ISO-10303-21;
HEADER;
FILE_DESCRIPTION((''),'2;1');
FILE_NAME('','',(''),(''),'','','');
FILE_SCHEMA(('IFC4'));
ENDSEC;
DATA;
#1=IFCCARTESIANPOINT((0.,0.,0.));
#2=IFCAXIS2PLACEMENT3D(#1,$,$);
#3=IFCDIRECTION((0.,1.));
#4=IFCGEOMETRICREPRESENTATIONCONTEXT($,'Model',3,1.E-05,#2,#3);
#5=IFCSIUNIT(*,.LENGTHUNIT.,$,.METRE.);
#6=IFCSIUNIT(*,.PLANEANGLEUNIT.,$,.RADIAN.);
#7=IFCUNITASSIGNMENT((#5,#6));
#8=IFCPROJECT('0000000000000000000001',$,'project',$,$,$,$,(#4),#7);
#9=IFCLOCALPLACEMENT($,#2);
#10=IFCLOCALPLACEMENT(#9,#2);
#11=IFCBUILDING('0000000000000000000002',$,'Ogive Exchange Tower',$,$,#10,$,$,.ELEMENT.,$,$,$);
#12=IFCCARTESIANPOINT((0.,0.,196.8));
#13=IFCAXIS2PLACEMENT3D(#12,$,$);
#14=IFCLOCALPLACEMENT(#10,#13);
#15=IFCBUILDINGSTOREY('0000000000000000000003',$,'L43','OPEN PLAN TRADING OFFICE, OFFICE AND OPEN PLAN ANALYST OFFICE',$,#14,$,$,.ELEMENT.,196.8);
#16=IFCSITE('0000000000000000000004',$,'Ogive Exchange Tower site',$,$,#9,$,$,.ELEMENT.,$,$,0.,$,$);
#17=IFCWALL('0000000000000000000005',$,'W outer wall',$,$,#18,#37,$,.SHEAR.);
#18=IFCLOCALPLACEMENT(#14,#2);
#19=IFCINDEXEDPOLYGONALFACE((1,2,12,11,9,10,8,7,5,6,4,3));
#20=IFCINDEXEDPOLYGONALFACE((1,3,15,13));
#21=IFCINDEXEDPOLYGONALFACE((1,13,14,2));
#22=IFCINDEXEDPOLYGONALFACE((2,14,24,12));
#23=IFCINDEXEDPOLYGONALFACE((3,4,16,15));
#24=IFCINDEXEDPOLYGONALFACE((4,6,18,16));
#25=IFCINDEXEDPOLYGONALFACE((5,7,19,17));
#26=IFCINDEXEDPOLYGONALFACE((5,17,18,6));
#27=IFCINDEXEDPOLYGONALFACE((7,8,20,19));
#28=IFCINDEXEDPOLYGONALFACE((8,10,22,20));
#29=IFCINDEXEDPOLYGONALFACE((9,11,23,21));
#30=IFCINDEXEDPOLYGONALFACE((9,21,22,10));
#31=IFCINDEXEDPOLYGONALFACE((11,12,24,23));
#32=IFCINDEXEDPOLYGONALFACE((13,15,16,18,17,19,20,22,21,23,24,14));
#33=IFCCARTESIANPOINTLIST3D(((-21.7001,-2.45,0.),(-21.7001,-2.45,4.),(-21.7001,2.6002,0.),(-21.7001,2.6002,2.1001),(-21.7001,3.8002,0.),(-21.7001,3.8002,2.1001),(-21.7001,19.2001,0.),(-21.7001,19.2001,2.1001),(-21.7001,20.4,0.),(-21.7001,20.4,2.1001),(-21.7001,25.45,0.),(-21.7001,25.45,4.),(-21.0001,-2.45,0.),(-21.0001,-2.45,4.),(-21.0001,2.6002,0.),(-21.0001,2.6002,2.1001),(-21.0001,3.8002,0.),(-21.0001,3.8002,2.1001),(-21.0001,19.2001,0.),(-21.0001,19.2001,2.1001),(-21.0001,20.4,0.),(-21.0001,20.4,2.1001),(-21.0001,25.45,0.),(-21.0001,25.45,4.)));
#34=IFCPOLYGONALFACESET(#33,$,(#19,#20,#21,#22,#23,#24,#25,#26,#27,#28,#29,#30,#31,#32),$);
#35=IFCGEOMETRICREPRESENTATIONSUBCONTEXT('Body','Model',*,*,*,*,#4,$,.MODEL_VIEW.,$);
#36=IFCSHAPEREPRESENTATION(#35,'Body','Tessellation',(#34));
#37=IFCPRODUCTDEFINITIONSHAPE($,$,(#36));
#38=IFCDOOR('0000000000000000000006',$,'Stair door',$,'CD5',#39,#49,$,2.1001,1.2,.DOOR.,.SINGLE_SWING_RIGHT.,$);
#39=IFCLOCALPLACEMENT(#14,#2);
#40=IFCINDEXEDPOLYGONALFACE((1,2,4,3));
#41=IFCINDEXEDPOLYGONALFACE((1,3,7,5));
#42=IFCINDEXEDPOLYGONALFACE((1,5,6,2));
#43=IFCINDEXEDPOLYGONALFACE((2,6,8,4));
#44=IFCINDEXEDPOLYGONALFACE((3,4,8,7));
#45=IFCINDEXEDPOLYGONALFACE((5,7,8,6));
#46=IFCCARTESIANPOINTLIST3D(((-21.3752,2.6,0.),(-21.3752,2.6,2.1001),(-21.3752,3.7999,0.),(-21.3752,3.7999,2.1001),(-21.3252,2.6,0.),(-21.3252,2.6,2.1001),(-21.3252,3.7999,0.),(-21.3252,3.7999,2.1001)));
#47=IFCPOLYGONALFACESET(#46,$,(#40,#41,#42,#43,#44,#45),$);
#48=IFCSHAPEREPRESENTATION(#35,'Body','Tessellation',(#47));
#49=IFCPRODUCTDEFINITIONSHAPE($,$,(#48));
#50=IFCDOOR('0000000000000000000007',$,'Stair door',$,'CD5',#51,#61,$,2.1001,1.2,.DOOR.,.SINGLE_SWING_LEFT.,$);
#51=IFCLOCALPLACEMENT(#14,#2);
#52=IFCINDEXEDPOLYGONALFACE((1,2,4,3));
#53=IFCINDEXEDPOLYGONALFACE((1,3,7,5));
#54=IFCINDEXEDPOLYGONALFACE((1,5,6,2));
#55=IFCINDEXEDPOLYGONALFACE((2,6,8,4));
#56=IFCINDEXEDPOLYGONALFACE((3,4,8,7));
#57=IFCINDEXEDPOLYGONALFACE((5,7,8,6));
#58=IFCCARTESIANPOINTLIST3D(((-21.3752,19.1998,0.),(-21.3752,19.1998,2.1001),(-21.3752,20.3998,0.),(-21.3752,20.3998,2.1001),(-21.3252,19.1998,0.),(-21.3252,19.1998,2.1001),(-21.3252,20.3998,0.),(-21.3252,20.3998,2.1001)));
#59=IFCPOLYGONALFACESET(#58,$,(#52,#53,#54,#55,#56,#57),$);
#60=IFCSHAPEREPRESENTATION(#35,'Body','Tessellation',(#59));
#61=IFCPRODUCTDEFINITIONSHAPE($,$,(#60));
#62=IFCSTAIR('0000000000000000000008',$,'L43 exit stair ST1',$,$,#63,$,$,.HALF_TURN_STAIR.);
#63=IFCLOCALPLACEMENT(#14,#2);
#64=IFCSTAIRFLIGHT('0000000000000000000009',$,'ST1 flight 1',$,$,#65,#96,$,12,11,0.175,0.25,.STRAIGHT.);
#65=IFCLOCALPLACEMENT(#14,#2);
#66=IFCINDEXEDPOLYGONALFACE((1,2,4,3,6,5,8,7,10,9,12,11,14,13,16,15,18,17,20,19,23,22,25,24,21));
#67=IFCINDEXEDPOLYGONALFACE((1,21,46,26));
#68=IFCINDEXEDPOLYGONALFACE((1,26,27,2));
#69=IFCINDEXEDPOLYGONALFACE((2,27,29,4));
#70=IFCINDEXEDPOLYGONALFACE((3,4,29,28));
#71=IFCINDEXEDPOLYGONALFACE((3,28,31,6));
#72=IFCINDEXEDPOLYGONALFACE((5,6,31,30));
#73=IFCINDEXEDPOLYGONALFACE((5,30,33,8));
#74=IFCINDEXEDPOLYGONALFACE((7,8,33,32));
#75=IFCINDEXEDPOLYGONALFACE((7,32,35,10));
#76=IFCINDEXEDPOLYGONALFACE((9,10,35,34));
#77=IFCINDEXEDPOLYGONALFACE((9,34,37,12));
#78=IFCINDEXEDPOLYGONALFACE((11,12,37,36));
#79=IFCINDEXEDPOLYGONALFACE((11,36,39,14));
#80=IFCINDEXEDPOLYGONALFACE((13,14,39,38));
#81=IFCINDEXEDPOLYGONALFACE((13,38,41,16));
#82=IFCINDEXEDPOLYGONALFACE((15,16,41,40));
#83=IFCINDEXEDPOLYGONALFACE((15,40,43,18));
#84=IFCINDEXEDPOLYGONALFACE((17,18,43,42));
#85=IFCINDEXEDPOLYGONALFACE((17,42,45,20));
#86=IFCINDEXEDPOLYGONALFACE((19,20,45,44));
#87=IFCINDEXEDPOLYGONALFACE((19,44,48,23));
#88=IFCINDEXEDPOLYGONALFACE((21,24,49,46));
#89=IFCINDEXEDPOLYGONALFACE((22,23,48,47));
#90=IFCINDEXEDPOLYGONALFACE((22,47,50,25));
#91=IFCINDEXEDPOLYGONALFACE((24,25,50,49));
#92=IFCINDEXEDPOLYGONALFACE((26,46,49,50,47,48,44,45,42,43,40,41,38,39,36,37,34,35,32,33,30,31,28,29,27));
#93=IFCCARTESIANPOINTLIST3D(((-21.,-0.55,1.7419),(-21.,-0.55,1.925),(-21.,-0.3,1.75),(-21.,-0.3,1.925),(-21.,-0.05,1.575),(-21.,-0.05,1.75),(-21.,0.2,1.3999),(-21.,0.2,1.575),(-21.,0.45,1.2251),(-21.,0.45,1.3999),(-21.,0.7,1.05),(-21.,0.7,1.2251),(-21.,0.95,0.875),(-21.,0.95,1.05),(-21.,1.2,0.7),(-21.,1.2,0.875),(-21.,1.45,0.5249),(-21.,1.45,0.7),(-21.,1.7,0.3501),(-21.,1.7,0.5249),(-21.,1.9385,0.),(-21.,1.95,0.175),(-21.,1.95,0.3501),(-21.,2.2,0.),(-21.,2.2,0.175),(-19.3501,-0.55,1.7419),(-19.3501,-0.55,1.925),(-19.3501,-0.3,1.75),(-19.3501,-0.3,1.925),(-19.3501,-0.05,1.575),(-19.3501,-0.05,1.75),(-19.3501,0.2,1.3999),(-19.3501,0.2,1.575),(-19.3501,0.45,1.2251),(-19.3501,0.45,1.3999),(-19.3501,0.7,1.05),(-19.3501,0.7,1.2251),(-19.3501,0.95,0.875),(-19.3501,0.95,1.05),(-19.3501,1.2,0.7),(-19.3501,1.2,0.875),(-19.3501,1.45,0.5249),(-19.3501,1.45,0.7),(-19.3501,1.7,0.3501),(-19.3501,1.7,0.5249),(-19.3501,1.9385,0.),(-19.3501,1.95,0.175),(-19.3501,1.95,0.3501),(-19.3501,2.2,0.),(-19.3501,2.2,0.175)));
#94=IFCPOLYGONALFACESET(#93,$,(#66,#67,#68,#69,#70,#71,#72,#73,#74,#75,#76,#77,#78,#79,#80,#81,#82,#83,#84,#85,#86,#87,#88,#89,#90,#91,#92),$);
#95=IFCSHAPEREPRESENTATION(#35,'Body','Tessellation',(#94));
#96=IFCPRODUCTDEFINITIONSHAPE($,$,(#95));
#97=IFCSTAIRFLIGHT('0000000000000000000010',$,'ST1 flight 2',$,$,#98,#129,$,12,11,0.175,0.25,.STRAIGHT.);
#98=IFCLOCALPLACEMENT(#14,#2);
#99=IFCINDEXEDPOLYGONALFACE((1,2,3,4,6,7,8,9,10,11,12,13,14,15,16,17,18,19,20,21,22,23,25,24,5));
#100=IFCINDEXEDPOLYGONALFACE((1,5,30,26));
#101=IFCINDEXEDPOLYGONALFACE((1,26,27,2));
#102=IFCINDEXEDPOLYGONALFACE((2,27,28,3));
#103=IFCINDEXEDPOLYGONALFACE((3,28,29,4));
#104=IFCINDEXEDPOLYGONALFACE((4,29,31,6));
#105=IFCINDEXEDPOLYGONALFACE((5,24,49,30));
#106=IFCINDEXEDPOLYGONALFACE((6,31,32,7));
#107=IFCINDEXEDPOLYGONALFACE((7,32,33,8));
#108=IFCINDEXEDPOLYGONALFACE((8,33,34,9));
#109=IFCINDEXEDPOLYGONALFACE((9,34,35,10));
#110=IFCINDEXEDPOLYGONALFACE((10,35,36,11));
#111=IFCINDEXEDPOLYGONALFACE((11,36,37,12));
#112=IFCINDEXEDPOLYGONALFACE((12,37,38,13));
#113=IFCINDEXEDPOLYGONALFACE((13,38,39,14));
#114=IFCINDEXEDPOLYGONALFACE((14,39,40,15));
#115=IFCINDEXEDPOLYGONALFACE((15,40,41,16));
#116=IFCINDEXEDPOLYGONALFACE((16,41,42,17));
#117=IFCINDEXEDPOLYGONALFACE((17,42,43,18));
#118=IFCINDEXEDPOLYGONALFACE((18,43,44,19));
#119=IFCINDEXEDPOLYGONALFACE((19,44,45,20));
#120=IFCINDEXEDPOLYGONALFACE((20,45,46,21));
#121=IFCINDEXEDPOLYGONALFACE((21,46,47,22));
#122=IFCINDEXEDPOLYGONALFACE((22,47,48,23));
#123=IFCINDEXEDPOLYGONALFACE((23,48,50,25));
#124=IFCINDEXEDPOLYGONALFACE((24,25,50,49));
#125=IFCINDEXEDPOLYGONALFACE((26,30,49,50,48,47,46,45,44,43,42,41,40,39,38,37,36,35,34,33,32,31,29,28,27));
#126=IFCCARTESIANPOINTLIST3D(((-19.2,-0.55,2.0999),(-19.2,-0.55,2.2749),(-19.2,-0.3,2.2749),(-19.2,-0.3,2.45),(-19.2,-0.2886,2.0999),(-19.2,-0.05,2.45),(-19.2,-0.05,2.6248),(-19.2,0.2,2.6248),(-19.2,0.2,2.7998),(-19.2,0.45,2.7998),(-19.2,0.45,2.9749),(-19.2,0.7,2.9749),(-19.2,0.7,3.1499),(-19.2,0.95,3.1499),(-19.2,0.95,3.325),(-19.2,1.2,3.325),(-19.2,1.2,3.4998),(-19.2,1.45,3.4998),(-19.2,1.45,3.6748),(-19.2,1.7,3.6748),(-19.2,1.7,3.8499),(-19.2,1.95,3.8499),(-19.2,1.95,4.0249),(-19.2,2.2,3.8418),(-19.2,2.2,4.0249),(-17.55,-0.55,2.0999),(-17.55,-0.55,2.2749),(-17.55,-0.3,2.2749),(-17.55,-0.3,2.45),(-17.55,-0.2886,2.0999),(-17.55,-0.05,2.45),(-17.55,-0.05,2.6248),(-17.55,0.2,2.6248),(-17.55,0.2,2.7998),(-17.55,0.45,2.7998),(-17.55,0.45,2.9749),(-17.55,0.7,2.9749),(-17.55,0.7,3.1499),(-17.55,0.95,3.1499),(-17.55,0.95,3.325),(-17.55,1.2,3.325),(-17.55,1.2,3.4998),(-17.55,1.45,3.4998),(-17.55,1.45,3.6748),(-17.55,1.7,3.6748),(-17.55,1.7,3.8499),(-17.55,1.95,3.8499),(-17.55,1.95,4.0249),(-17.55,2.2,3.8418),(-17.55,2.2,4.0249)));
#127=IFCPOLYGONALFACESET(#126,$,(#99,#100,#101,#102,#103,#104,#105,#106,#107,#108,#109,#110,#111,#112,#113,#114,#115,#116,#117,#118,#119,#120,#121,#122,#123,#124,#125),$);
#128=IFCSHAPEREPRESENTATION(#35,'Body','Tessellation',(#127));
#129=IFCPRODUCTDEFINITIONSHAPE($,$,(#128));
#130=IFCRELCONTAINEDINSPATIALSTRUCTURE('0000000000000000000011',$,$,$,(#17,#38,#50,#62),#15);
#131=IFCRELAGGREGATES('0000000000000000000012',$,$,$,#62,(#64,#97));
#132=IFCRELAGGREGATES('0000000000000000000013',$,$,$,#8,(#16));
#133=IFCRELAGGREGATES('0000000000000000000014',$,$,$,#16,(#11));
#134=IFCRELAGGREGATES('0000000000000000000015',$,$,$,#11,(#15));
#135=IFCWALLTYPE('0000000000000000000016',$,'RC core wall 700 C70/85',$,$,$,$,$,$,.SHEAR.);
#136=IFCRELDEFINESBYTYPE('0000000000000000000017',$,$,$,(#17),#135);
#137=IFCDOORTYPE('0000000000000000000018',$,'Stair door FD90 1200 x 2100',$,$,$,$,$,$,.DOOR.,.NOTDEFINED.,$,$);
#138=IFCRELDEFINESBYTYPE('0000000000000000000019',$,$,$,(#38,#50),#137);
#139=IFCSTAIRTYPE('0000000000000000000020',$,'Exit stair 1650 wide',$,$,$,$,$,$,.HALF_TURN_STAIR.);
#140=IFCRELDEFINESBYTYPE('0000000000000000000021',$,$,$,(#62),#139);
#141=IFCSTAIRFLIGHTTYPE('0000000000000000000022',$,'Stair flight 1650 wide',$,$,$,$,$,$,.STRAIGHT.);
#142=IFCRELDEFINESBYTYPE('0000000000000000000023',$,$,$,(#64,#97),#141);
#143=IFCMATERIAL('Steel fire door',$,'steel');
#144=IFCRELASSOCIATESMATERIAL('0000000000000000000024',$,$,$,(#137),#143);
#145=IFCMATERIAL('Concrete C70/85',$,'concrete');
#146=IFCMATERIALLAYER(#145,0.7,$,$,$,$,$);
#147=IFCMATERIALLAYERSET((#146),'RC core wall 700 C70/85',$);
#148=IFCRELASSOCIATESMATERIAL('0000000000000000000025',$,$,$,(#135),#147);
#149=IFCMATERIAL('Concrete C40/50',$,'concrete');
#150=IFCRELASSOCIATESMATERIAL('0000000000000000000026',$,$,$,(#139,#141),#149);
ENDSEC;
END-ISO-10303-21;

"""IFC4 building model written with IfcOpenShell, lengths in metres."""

from ifc_helpers import new_model, si_unit, direction, frame, frame_2d, origin, place, context, subcontext, project, spatial, polyline, rectangle, outline, extrude, material, layer, layer_set, type_object, element, fill, aggregate, save


model = new_model("IFC4")

# Units and contexts
model_context = context("Model", 3, precision=1e-05, world=origin(), true_north=direction((0.0, 1.0)))
body_context = subcontext(model_context, "Body", "Model", "MODEL_VIEW")
ifc_project = project(units=[si_unit("LENGTHUNIT", "METRE"), si_unit("PLANEANGLEUNIT", "RADIAN")], contexts=[model_context])

# Site, building, storey
site_placement = place(None, origin())
site = spatial("IfcSite", under=ifc_project, at=site_placement, Name="Ogive Exchange Tower site", CompositionType="ELEMENT", RefElevation=0.0)
building_placement = place(site_placement, origin())
building = spatial("IfcBuilding", under=site, at=building_placement, Name="Ogive Exchange Tower", CompositionType="ELEMENT")
storey_placement = place(building_placement, frame((0.0, 0.0, 196.8)))
storey = spatial("IfcBuildingStorey", under=building, at=storey_placement, Name="L43", Description="OPEN PLAN TRADING OFFICE, OFFICE AND OPEN PLAN ANALYST OFFICE", CompositionType="ELEMENT", Elevation=196.8)

# Shared definitions
ifc_material_1 = material(Name="Concrete C70/85", Category="concrete")
ifc_material_2 = material(Name="Steel fire door", Category="steel")
door_type_1 = type_object("IfcDoorType", Name="Stair door FD90 1200 x 2100", OperationType="NOTDEFINED", PredefinedType="DOOR", material=ifc_material_2)

# Wall, openings, doors
ifc_layer_1 = layer(ifc_material_1, 0.7)
ifc_layer_set_1 = layer_set([ifc_layer_1], Name="RC core wall 700 C70/85")
wall_type_1 = type_object("IfcWallType", Name="RC core wall 700 C70/85", PredefinedType="SHEAR", material=ifc_layer_set_1)
wall_1_placement = place(storey_placement, frame((-21.3501, -2.45, 0.0), z_axis=(0.0, 0.0, 1.0), x_axis=(0.0, 1.0, 0.0)))
wall_1 = element("IfcWall", 1, at=wall_1_placement, inside=storey, type_object=wall_type_1, Name="W outer wall", PredefinedType="SHEAR", context=body_context, shape_type="SweptSolid", body=[
    extrude(rectangle(XDim=27.8999, YDim=0.7, at=frame_2d((13.95, 0.0))), origin(), (0.0, 0.0, 1.0), 4.0),
])
opening_1_placement = place(wall_1_placement, frame((5.05, 0.0, 0.0)))
opening_1 = element("IfcOpeningElement", 2, at=opening_1_placement, cuts=wall_1, PredefinedType="OPENING", context=body_context, shape_type="SweptSolid", body=[
    extrude(rectangle(XDim=1.2, YDim=2.1001, at=frame_2d((0.6001, 1.05))), frame((0.0, 0.3599, 0.0), z_axis=(0.0, -1.0, 0.0), x_axis=(1.0, 0.0, 0.0)), (0.0, 0.0, 1.0), 0.72),
])
opening_2_placement = place(wall_1_placement, frame((21.6499, 0.0, 0.0)))
opening_2 = element("IfcOpeningElement", 3, at=opening_2_placement, cuts=wall_1, PredefinedType="OPENING", context=body_context, shape_type="SweptSolid", body=[
    extrude(rectangle(XDim=1.2, YDim=2.1001, at=frame_2d((0.6001, 1.05))), frame((0.0, 0.3599, 0.0), z_axis=(0.0, -1.0, 0.0), x_axis=(1.0, 0.0, 0.0)), (0.0, 0.0, 1.0), 0.72),
])
door_1_placement = place(opening_1_placement, frame((1.2, 0.0, 0.0), z_axis=(0.0, 0.0, 1.0), x_axis=(-1.0, 0.0, 0.0)))
door_1 = element("IfcDoor", 4, at=door_1_placement, inside=storey, type_object=door_type_1, Name="Stair door", ObjectType="CD5", OperationType="SINGLE_SWING_RIGHT", OverallHeight=2.1001, OverallWidth=1.2, PredefinedType="DOOR", context=body_context, shape_type="SweptSolid", body=[
    extrude(rectangle(XDim=1.2, YDim=2.1001, at=frame_2d((0.6001, 1.05))), frame((0.0, 0.0249, 0.0), z_axis=(0.0, -1.0, 0.0), x_axis=(1.0, 0.0, 0.0)), (0.0, 0.0, 1.0), 0.05),
])
fill(opening_1, door_1)
door_2_placement = place(opening_2_placement, frame((1.2, 0.0, 0.0), z_axis=(0.0, 0.0, 1.0), x_axis=(-1.0, 0.0, 0.0)))
door_2 = element("IfcDoor", 5, at=door_2_placement, inside=storey, type_object=door_type_1, Name="Stair door", ObjectType="CD5", OperationType="SINGLE_SWING_LEFT", OverallHeight=2.1001, OverallWidth=1.2, PredefinedType="DOOR", context=body_context, shape_type="SweptSolid", body=[
    extrude(rectangle(XDim=1.2, YDim=2.1001, at=frame_2d((0.6001, 1.05))), frame((0.0, 0.0249, 0.0), z_axis=(0.0, -1.0, 0.0), x_axis=(1.0, 0.0, 0.0)), (0.0, 0.0, 1.0), 0.05),
])
fill(opening_2, door_2)

# Stair, stair flights
ifc_material_3 = material(Name="Concrete C40/50", Category="concrete")
stair_type = type_object("IfcStairType", Name="Exit stair 1650 wide", PredefinedType="HALF_TURN_STAIR", material=ifc_material_3)
stair_placement = place(storey_placement, origin())
stair = element("IfcStair", 6, at=stair_placement, inside=storey, type_object=stair_type, Name="L43 exit stair ST1", PredefinedType="HALF_TURN_STAIR")
stair_flight_type = type_object("IfcStairFlightType", Name="Stair flight 1650 wide", PredefinedType="STRAIGHT", material=ifc_material_3)
stair_flight_1_placement = place(storey_placement, frame((-20.175, 2.2, 0.0), z_axis=(0.0, 0.0, 1.0), x_axis=(0.0, -1.0, 0.0)))
stair_flight_1 = element("IfcStairFlight", 7, at=stair_flight_1_placement, type_object=stair_flight_type, Name="ST1 flight 1", NumberOfRisers=12, NumberOfTreads=11, PredefinedType="STRAIGHT", RiserHeight=0.175, TreadLength=0.25, context=body_context, shape_type="SweptSolid", body=[
    extrude(outline(polyline([(0.0, 0.0), (0.0, 0.175), (0.25, 0.175), (0.25, 0.3501), (0.5, 0.3501), (0.5, 0.5249), (0.75, 0.5249), (0.75, 0.7), (1.0, 0.7), (1.0, 0.875), (1.25, 0.875), (1.25, 1.05), (1.5, 1.05), (1.5, 1.2251), (1.75, 1.2251), (1.75, 1.3999), (2.0, 1.3999), (2.0, 1.575), (2.25, 1.575), (2.25, 1.75), (2.5, 1.75), (2.5, 1.925), (2.75, 1.925), (2.75, 2.1001), (2.75, 1.7419), (0.2615, 0.0), (0.0, 0.0)])), frame((0.0, 0.825, 0.0), z_axis=(0.0, -1.0, 0.0), x_axis=(1.0, 0.0, 0.0)), (0.0, 0.0, 1.0), 1.6499),
])
stair_flight_2_placement = place(storey_placement, frame((-18.375, -0.55, 2.0999), z_axis=(0.0, 0.0, 1.0), x_axis=(0.0, 1.0, 0.0)))
stair_flight_2 = element("IfcStairFlight", 8, at=stair_flight_2_placement, type_object=stair_flight_type, Name="ST1 flight 2", NumberOfRisers=12, NumberOfTreads=11, PredefinedType="STRAIGHT", RiserHeight=0.175, TreadLength=0.25, context=body_context, shape_type="SweptSolid", body=[
    extrude(outline(polyline([(0.0, 0.0), (0.0, 0.175), (0.25, 0.175), (0.25, 0.3501), (0.5, 0.3501), (0.5, 0.5249), (0.75, 0.5249), (0.75, 0.7), (1.0, 0.7), (1.0, 0.875), (1.25, 0.875), (1.25, 1.05), (1.5, 1.05), (1.5, 1.2251), (1.75, 1.2251), (1.75, 1.3999), (2.0, 1.3999), (2.0, 1.575), (2.25, 1.575), (2.25, 1.75), (2.5, 1.75), (2.5, 1.925), (2.75, 1.925), (2.75, 2.1001), (2.75, 1.7419), (0.2615, 0.0), (0.0, 0.0)])), frame((0.0, 0.825, 0.0), z_axis=(0.0, -1.0, 0.0), x_axis=(1.0, 0.0, 0.0)), (0.0, 0.0, 1.0), 1.6499),
])
aggregate(stair, [stair_flight_1, stair_flight_2])

save(model, "model.ifc")
